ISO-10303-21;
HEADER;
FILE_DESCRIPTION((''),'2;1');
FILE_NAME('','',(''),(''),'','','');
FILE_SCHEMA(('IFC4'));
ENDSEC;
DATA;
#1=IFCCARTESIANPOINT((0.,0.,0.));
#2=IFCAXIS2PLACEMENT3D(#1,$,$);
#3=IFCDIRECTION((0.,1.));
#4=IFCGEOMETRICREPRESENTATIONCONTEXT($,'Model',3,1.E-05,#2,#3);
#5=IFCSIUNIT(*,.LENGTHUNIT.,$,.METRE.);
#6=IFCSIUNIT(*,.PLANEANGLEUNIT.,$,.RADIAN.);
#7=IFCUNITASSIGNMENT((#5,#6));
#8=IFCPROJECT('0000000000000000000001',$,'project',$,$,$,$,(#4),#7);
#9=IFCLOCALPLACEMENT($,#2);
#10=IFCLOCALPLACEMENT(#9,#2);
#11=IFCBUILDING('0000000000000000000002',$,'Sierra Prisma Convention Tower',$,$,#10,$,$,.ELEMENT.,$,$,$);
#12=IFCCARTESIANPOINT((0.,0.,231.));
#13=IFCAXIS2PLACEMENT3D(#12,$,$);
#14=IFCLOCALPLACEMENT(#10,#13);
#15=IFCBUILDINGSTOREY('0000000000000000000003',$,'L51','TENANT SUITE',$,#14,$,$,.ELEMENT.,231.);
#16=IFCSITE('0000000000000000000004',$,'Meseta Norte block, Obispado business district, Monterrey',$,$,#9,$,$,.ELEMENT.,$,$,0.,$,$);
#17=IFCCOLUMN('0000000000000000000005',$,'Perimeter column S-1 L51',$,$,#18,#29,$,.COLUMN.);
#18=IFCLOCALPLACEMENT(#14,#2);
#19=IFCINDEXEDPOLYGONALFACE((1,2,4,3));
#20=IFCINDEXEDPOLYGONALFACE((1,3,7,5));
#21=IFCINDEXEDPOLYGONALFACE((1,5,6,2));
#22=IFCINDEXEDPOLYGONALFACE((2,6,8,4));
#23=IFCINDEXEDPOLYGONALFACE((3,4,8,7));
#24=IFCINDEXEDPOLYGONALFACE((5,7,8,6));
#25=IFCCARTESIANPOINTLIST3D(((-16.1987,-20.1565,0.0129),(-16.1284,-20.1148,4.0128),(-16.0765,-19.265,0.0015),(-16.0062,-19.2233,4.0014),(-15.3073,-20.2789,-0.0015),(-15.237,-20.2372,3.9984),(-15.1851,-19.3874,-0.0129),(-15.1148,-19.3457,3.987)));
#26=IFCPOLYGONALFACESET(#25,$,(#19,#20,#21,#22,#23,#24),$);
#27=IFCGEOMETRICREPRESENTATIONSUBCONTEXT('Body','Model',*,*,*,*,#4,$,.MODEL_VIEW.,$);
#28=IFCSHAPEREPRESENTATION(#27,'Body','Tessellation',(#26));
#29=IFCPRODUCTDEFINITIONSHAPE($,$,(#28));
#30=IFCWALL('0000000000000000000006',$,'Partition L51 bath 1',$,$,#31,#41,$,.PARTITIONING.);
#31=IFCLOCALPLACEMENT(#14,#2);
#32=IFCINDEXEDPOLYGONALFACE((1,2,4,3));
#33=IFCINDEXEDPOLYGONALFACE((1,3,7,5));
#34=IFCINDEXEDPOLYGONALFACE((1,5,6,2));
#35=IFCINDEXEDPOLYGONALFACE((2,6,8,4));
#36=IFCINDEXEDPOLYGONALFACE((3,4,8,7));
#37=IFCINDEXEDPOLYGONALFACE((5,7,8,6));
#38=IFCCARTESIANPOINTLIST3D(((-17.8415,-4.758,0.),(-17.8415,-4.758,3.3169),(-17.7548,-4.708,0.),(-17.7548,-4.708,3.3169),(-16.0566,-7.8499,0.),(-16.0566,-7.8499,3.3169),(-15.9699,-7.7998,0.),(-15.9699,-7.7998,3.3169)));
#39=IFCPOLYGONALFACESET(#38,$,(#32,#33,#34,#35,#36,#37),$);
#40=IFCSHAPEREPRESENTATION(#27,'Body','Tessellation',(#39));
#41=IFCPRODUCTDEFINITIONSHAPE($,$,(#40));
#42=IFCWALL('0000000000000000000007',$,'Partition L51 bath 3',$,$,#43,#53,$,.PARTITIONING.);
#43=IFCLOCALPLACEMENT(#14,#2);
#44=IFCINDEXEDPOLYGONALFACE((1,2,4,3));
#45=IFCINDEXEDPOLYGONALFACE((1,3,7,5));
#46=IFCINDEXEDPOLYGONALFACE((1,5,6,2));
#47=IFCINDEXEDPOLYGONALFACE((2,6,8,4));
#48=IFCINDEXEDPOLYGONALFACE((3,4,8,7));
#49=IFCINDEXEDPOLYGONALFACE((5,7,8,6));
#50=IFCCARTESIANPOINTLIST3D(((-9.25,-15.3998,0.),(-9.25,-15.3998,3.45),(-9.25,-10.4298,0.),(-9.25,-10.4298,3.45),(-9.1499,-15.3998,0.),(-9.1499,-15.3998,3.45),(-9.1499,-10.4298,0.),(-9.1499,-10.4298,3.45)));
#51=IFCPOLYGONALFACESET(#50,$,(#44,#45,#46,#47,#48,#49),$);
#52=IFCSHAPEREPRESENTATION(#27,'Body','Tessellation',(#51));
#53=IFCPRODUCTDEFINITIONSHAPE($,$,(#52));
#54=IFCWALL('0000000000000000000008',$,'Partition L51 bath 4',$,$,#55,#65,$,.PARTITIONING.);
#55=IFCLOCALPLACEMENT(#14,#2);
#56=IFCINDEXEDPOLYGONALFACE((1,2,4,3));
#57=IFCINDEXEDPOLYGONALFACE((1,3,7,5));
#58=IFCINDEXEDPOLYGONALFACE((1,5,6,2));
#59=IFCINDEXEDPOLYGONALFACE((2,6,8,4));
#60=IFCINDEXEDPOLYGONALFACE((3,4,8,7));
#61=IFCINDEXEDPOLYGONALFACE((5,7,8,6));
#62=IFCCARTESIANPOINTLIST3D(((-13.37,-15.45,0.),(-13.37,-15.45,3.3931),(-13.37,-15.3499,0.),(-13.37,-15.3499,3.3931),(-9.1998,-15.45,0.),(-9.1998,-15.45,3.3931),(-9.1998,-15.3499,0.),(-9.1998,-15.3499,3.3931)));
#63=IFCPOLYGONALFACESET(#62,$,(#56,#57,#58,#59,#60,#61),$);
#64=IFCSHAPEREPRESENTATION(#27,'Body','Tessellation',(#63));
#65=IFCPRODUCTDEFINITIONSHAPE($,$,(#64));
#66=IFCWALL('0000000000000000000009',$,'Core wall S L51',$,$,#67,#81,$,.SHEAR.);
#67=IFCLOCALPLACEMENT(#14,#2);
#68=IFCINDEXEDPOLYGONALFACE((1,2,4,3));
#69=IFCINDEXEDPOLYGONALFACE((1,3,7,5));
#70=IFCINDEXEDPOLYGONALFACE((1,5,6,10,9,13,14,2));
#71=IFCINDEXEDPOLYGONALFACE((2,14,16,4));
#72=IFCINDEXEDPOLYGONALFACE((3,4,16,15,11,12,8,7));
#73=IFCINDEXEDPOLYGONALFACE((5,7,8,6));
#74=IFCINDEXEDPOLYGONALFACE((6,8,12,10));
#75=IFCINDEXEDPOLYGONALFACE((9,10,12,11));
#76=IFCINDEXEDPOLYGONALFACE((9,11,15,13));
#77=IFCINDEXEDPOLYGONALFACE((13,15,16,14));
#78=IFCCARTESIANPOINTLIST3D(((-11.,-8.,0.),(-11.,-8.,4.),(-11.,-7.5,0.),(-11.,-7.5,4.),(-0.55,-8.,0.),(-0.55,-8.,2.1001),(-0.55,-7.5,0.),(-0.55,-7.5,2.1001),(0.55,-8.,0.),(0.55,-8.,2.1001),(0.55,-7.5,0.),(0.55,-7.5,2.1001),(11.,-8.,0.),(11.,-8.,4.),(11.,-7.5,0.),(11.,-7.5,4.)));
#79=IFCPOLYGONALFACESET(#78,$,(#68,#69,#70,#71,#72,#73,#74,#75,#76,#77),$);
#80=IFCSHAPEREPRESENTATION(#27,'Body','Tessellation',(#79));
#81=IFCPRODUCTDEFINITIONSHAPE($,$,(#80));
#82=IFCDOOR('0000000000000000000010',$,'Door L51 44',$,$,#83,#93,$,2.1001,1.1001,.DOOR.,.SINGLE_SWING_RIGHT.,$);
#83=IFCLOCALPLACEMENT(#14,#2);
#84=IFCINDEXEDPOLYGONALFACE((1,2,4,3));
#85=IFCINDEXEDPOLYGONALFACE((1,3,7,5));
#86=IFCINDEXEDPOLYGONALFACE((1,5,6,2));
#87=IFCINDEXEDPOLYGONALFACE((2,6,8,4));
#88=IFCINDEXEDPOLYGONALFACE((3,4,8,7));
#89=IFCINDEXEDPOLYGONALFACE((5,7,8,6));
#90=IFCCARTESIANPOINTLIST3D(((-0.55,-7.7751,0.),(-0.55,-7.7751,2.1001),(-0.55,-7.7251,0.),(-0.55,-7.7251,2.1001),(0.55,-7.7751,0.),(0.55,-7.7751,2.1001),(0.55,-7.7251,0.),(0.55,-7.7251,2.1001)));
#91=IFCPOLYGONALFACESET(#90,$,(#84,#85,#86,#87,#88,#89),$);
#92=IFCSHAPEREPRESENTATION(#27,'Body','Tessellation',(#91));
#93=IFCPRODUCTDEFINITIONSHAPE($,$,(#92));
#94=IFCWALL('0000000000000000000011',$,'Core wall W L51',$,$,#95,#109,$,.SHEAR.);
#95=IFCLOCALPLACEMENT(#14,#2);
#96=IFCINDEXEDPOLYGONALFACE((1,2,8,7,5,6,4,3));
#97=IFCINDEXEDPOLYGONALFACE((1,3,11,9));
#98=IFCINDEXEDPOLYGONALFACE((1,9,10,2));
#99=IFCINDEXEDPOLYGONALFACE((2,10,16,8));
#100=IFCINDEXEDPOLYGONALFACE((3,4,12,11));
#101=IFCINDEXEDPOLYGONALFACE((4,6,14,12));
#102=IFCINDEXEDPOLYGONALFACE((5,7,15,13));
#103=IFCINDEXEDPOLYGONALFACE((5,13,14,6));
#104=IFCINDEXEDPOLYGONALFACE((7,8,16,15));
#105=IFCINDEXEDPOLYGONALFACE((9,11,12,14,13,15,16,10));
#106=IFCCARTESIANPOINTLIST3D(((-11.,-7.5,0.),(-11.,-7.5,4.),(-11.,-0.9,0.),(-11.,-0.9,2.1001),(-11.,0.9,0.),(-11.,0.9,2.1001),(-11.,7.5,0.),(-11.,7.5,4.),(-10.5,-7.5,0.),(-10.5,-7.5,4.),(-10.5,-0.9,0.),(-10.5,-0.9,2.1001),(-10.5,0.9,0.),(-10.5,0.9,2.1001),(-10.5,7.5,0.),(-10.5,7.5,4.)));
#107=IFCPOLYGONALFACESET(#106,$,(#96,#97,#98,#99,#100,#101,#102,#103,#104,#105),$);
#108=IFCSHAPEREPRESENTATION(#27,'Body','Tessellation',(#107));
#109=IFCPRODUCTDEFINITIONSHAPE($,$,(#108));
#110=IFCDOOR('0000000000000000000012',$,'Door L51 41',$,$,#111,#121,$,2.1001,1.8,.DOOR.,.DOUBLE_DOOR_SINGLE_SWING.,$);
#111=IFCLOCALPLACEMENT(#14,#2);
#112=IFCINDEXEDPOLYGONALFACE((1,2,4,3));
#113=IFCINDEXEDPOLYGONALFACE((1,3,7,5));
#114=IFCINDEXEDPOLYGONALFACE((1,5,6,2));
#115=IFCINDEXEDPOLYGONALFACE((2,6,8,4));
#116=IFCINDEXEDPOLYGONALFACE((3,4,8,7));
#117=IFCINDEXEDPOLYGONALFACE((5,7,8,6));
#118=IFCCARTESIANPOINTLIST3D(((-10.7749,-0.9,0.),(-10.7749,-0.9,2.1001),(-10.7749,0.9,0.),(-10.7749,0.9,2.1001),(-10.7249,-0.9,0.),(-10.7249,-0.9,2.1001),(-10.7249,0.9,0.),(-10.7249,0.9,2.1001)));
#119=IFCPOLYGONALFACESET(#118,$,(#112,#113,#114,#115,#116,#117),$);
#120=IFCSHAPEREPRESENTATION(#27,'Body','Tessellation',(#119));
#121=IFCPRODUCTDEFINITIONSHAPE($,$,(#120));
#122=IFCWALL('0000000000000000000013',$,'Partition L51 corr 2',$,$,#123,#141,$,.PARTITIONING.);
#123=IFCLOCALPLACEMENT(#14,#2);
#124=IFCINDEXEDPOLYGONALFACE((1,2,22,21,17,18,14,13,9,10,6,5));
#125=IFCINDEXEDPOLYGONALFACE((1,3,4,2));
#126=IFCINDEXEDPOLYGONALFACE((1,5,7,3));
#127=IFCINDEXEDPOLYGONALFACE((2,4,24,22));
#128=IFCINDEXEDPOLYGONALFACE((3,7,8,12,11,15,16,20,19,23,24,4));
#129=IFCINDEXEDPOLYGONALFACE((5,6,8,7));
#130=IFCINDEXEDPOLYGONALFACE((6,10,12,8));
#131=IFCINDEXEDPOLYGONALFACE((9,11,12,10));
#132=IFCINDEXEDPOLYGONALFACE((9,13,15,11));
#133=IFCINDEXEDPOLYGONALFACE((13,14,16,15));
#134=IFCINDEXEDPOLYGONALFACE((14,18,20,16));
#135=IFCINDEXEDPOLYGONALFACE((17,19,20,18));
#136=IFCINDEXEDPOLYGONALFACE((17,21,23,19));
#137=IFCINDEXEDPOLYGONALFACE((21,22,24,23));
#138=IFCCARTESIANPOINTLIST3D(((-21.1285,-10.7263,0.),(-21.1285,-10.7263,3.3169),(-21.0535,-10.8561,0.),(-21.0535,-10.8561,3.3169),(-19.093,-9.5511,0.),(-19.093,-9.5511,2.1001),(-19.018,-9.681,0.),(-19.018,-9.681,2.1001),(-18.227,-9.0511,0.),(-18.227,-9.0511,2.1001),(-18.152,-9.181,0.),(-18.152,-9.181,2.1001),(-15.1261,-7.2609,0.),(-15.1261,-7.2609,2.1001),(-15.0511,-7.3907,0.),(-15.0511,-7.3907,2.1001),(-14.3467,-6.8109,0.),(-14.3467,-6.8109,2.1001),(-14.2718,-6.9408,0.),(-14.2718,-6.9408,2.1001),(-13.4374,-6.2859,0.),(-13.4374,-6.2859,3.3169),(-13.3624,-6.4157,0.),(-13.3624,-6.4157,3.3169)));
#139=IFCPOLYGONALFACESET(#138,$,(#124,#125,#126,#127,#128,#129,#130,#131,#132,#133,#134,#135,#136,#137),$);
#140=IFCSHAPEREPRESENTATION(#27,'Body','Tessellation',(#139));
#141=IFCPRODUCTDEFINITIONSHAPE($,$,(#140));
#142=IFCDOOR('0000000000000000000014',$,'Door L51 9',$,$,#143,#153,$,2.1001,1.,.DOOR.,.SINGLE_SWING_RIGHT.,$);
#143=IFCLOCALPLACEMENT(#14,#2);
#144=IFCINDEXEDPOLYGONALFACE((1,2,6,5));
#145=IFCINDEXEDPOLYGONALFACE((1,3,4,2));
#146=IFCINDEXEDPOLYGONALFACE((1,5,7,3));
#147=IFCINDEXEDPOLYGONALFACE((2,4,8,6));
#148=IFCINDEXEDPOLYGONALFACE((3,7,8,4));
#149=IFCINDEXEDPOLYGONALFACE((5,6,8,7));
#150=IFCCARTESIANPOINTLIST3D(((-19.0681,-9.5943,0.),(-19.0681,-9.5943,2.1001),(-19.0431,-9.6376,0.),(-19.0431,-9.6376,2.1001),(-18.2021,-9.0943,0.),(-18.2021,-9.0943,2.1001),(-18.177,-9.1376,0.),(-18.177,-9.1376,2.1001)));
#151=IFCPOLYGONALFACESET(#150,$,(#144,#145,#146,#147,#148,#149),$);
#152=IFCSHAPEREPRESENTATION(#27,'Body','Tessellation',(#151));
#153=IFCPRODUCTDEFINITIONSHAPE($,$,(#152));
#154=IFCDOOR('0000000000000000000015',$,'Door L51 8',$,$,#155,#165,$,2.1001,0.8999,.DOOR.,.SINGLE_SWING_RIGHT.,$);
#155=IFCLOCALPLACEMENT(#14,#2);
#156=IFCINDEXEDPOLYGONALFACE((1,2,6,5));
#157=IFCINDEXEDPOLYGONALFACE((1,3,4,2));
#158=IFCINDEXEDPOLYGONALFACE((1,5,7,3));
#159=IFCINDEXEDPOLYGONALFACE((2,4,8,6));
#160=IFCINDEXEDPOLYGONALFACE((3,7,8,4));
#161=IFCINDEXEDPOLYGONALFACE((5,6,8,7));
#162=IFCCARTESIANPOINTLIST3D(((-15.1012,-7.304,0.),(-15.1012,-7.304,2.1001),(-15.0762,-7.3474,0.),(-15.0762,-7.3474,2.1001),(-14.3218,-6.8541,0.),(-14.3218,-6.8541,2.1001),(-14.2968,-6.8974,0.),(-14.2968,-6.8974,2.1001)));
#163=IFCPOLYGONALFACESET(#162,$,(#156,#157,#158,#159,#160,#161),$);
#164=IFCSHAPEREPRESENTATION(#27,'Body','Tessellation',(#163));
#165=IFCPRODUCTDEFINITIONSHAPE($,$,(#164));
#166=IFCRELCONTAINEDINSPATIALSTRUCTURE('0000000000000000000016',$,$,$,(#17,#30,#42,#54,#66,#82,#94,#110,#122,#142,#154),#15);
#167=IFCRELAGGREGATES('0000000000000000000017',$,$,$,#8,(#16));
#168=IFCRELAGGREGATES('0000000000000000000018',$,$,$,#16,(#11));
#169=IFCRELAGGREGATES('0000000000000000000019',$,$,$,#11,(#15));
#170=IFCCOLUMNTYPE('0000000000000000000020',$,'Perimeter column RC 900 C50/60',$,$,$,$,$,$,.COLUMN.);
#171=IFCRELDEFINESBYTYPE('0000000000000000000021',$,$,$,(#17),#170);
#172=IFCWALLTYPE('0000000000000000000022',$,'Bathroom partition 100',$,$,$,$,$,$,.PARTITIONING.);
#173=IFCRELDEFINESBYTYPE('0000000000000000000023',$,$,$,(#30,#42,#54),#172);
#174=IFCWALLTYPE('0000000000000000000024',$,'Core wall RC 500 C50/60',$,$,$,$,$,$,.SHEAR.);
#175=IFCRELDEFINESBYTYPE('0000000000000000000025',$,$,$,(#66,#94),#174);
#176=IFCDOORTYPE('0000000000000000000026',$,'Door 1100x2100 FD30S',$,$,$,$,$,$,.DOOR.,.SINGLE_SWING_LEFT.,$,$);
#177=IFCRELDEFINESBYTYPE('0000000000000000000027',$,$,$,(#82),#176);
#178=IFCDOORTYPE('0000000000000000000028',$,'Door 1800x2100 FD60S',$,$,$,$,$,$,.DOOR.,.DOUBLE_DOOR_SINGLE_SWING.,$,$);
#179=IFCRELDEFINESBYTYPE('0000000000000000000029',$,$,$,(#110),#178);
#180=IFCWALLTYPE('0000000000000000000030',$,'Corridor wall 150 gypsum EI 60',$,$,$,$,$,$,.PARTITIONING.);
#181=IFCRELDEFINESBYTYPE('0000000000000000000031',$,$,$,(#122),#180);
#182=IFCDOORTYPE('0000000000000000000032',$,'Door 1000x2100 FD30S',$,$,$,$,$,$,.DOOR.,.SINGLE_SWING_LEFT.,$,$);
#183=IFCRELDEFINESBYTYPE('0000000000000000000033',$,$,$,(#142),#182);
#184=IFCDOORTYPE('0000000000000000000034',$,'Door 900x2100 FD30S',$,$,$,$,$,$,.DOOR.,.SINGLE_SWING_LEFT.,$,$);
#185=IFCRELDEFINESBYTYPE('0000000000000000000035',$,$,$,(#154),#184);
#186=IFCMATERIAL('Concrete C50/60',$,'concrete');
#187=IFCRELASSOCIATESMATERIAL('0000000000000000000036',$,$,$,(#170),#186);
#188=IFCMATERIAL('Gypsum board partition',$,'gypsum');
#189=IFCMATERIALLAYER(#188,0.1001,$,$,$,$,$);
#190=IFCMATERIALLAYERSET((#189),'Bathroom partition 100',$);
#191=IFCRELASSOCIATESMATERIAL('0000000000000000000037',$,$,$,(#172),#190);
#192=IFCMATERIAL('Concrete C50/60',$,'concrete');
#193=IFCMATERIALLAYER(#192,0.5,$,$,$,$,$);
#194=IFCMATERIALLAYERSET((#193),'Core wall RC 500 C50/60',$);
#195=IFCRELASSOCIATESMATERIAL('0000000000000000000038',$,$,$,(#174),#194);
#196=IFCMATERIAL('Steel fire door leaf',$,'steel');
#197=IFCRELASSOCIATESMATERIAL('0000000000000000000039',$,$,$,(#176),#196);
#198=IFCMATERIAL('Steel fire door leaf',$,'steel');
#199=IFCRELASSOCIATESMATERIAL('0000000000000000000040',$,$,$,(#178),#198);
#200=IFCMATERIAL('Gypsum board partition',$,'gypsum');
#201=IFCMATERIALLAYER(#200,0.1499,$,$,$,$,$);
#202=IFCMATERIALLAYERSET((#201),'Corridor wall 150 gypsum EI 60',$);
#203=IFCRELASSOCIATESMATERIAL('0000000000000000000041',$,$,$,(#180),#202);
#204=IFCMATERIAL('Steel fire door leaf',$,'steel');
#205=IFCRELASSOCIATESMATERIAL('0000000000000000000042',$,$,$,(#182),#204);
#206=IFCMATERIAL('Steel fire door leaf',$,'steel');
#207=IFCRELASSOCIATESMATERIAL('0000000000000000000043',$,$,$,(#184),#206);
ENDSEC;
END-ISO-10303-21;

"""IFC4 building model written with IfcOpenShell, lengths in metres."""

from ifc_helpers import new_model, si_unit, direction, frame, frame_2d, origin, origin_2d, place, context, subcontext, project, spatial, rectangle, extrude, material, layer, layer_set, material_profile, profile_set, type_object, element, fill, save


model = new_model("IFC4")

# Units and contexts
model_context = context("Model", 3, precision=1e-05, world=origin(), true_north=direction((0.0, 1.0)))
body_context = subcontext(model_context, "Body", "Model", "MODEL_VIEW")
ifc_project = project(units=[si_unit("LENGTHUNIT", "METRE"), si_unit("PLANEANGLEUNIT", "RADIAN")], contexts=[model_context])

# Site, building, storey
site_placement = place(None, origin())
site = spatial("IfcSite", under=ifc_project, at=site_placement, Name="Meseta Norte block, Obispado business district, Monterrey", CompositionType="ELEMENT", RefElevation=0.0)
building_placement = place(site_placement, origin())
building = spatial("IfcBuilding", under=site, at=building_placement, Name="Sierra Prisma Convention Tower", CompositionType="ELEMENT")
storey_placement = place(building_placement, frame((0.0, 0.0, 231.0)))
storey = spatial("IfcBuildingStorey", under=building, at=storey_placement, Name="L51", Description="TENANT SUITE", CompositionType="ELEMENT", Elevation=231.0)

# Column
ifc_material_1 = material(Name="Concrete C50/60", Category="concrete")
ifc_material_profile = material_profile(ifc_material_1, rectangle(XDim=0.8999, YDim=0.8999, at=origin_2d()), Name="Perimeter column RC 900 C50/60")
ifc_profile_set = profile_set([ifc_material_profile], Name="Concrete C50/60")
column_type = type_object("IfcColumnType", Name="Perimeter column RC 900 C50/60", PredefinedType="COLUMN", material=ifc_profile_set)
column_placement = place(storey_placement, frame((-15.6919, -19.772, 0.0), z_axis=(0.017574, 0.010435, 0.999791), x_axis=(-0.990574, 0.13604, 0.015993)))
element("IfcColumn", 1, at=column_placement, inside=storey, type_object=column_type, Name="Perimeter column S-1 L51", PredefinedType="COLUMN", context=body_context, shape_type="SweptSolid", body=[
    extrude(rectangle(XDim=0.8999, YDim=0.8999, at=origin_2d()), origin(), (0.0, 0.0, 1.0), 4.0007),
])

# Walls
ifc_material_2 = material(Name="Gypsum board partition", Category="gypsum")
ifc_layer_1 = layer(ifc_material_2, 0.1001)
ifc_layer_set_1 = layer_set([ifc_layer_1], Name="Bathroom partition 100")
wall_type_1 = type_object("IfcWallType", Name="Bathroom partition 100", PredefinedType="PARTITIONING", material=ifc_layer_set_1)
wall_1_placement = place(storey_placement, frame((-16.0132, -7.825, 0.0), z_axis=(0.0, 0.0, 1.0), x_axis=(-0.499971, 0.866042, 0.0)))
element("IfcWall", 2, at=wall_1_placement, inside=storey, type_object=wall_type_1, Name="Partition L51 bath 1", PredefinedType="PARTITIONING", context=body_context, shape_type="SweptSolid", body=[
    extrude(rectangle(XDim=3.5701, YDim=0.1001, at=frame_2d((1.7852, 0.0))), origin(), (0.0, 0.0, 1.0), 3.3169),
])
wall_2_placement = place(storey_placement, frame((-9.2, -10.4299, 0.0), z_axis=(0.0, 0.0, 1.0), x_axis=(0.0, -1.0, 0.0)))
element("IfcWall", 3, at=wall_2_placement, inside=storey, type_object=wall_type_1, Name="Partition L51 bath 3", PredefinedType="PARTITIONING", context=body_context, shape_type="SweptSolid", body=[
    extrude(rectangle(XDim=4.97, YDim=0.1001, at=frame_2d((2.4849, 0.0))), origin(), (0.0, 0.0, 1.0), 3.45),
])
wall_3_placement = place(storey_placement, frame((-9.2, -15.3999, 0.0), z_axis=(0.0, 0.0, 1.0), x_axis=(-1.0, 0.0, 0.0)))
element("IfcWall", 4, at=wall_3_placement, inside=storey, type_object=wall_type_1, Name="Partition L51 bath 4", PredefinedType="PARTITIONING", context=body_context, shape_type="SweptSolid", body=[
    extrude(rectangle(XDim=4.1702, YDim=0.1001, at=frame_2d((2.085, 0.0))), origin(), (0.0, 0.0, 1.0), 3.3931),
])

# Walls, openings, doors
ifc_material_3 = material(Name="Concrete C50/60", Category="concrete")
ifc_layer_2 = layer(ifc_material_3, 0.5)
ifc_layer_set_2 = layer_set([ifc_layer_2], Name="Core wall RC 500 C50/60")
wall_type_2 = type_object("IfcWallType", Name="Core wall RC 500 C50/60", PredefinedType="SHEAR", material=ifc_layer_set_2)
wall_4_placement = place(storey_placement, frame((-11.0, -7.75, 0.0), z_axis=(0.0, 0.0, 1.0), x_axis=(1.0, 0.0, 0.0)))
wall_4 = element("IfcWall", 5, at=wall_4_placement, inside=storey, type_object=wall_type_2, Name="Core wall S L51", PredefinedType="SHEAR", context=body_context, shape_type="SweptSolid", body=[
    extrude(rectangle(XDim=22.0, YDim=0.5, at=frame_2d((11.0, 0.0))), origin(), (0.0, 0.0, 1.0), 4.0),
])
opening_1_placement = place(wall_4_placement, frame((10.45, 0.0, 0.0)))
opening_1 = element("IfcOpeningElement", 6, at=opening_1_placement, cuts=wall_4, PredefinedType="OPENING", context=body_context, shape_type="SweptSolid", body=[
    extrude(rectangle(XDim=1.1001, YDim=2.1001, at=frame_2d((0.55, 1.05))), frame((0.0, 0.25, 0.0), z_axis=(0.0, -1.0, 0.0), x_axis=(1.0, 0.0, 0.0)), (0.0, 0.0, 1.0), 0.5),
])
ifc_material_4 = material(Name="Steel fire door leaf", Category="steel")
door_type_1 = type_object("IfcDoorType", Name="Door 1100x2100 FD30S", OperationType="SINGLE_SWING_LEFT", PredefinedType="DOOR", material=ifc_material_4)
door_1_placement = place(opening_1_placement, origin())
door_1 = element("IfcDoor", 7, at=door_1_placement, inside=storey, type_object=door_type_1, Name="Door L51 44", OperationType="SINGLE_SWING_RIGHT", OverallHeight=2.1001, OverallWidth=1.1001, PredefinedType="DOOR", context=body_context, shape_type="SweptSolid", body=[
    extrude(rectangle(XDim=1.1001, YDim=2.1001, at=frame_2d((0.55, 1.05))), frame((0.0, 0.0249, 0.0), z_axis=(0.0, -1.0, 0.0), x_axis=(1.0, 0.0, 0.0)), (0.0, 0.0, 1.0), 0.05),
])
fill(opening_1, door_1)
wall_5_placement = place(storey_placement, frame((-10.75, -7.5, 0.0), z_axis=(0.0, 0.0, 1.0), x_axis=(0.0, 1.0, 0.0)))
wall_5 = element("IfcWall", 8, at=wall_5_placement, inside=storey, type_object=wall_type_2, Name="Core wall W L51", PredefinedType="SHEAR", context=body_context, shape_type="SweptSolid", body=[
    extrude(rectangle(XDim=15.0, YDim=0.5, at=frame_2d((7.5, 0.0))), origin(), (0.0, 0.0, 1.0), 4.0),
])
opening_2_placement = place(wall_5_placement, frame((6.6001, 0.0, 0.0)))
opening_2 = element("IfcOpeningElement", 9, at=opening_2_placement, cuts=wall_5, PredefinedType="OPENING", context=body_context, shape_type="SweptSolid", body=[
    extrude(rectangle(XDim=1.8, YDim=2.1001, at=frame_2d((0.8999, 1.05))), frame((0.0, 0.25, 0.0), z_axis=(0.0, -1.0, 0.0), x_axis=(1.0, 0.0, 0.0)), (0.0, 0.0, 1.0), 0.5),
])
ifc_material_5 = material(Name="Steel fire door leaf", Category="steel")
door_type_2 = type_object("IfcDoorType", Name="Door 1800x2100 FD60S", OperationType="DOUBLE_DOOR_SINGLE_SWING", PredefinedType="DOOR", material=ifc_material_5)
door_2_placement = place(opening_2_placement, origin())
door_2 = element("IfcDoor", 10, at=door_2_placement, inside=storey, type_object=door_type_2, Name="Door L51 41", OperationType="DOUBLE_DOOR_SINGLE_SWING", OverallHeight=2.1001, OverallWidth=1.8, PredefinedType="DOOR", context=body_context, shape_type="SweptSolid", body=[
    extrude(rectangle(XDim=1.8, YDim=2.1001, at=frame_2d((0.8999, 1.05))), frame((0.0, 0.0249, 0.0), z_axis=(0.0, -1.0, 0.0), x_axis=(1.0, 0.0, 0.0)), (0.0, 0.0, 1.0), 0.05),
])
fill(opening_2, door_2)

# Wall, openings, doors
ifc_material_6 = material(Name="Gypsum board partition", Category="gypsum")
ifc_layer_3 = layer(ifc_material_6, 0.1499)
ifc_layer_set_3 = layer_set([ifc_layer_3], Name="Corridor wall 150 gypsum EI 60")
wall_type_3 = type_object("IfcWallType", Name="Corridor wall 150 gypsum EI 60", PredefinedType="PARTITIONING", material=ifc_layer_set_3)
wall_6_placement = place(storey_placement, frame((-13.3999, -6.3508, 0.0), z_axis=(0.0, 0.0, 1.0), x_axis=(-0.866029, -0.499995, 0.0)))
wall_6 = element("IfcWall", 11, at=wall_6_placement, inside=storey, type_object=wall_type_3, Name="Partition L51 corr 2", PredefinedType="PARTITIONING", context=body_context, shape_type="SweptSolid", body=[
    extrude(rectangle(XDim=8.8809, YDim=0.1499, at=frame_2d((4.4404, 0.0))), origin(), (0.0, 0.0, 1.0), 3.3169),
])
opening_3_placement = place(wall_6_placement, frame((1.05, 0.0, 0.0)))
opening_3 = element("IfcOpeningElement", 12, at=opening_3_placement, cuts=wall_6, PredefinedType="OPENING", context=body_context, shape_type="SweptSolid", body=[
    extrude(rectangle(XDim=0.8999, YDim=2.1001, at=frame_2d((0.45, 1.05))), frame((0.0, 0.075, 0.0), z_axis=(0.0, -1.0, 0.0), x_axis=(1.0, 0.0, 0.0)), (0.0, 0.0, 1.0), 0.1499),
])
opening_4_placement = place(wall_6_placement, frame((5.5305, 0.0, 0.0)))
opening_4 = element("IfcOpeningElement", 13, at=opening_4_placement, cuts=wall_6, PredefinedType="OPENING", context=body_context, shape_type="SweptSolid", body=[
    extrude(rectangle(XDim=1.0, YDim=2.1001, at=frame_2d((0.5, 1.05))), frame((0.0, 0.075, 0.0), z_axis=(0.0, -1.0, 0.0), x_axis=(1.0, 0.0, 0.0)), (0.0, 0.0, 1.0), 0.1499),
])
ifc_material_7 = material(Name="Steel fire door leaf", Category="steel")
door_type_3 = type_object("IfcDoorType", Name="Door 1000x2100 FD30S", OperationType="SINGLE_SWING_LEFT", PredefinedType="DOOR", material=ifc_material_7)
door_3_placement = place(opening_4_placement, origin())
door_3 = element("IfcDoor", 14, at=door_3_placement, inside=storey, type_object=door_type_3, Name="Door L51 9", OperationType="SINGLE_SWING_RIGHT", OverallHeight=2.1001, OverallWidth=1.0, PredefinedType="DOOR", context=body_context, shape_type="SweptSolid", body=[
    extrude(rectangle(XDim=1.0, YDim=2.1001, at=frame_2d((0.5, 1.05))), frame((0.0, 0.0249, 0.0), z_axis=(0.0, -1.0, 0.0), x_axis=(1.0, 0.0, 0.0)), (0.0, 0.0, 1.0), 0.05),
])
fill(opening_4, door_3)
ifc_material_8 = material(Name="Steel fire door leaf", Category="steel")
door_type_4 = type_object("IfcDoorType", Name="Door 900x2100 FD30S", OperationType="SINGLE_SWING_LEFT", PredefinedType="DOOR", material=ifc_material_8)
door_4_placement = place(opening_3_placement, origin())
door_4 = element("IfcDoor", 15, at=door_4_placement, inside=storey, type_object=door_type_4, Name="Door L51 8", OperationType="SINGLE_SWING_RIGHT", OverallHeight=2.1001, OverallWidth=0.8999, PredefinedType="DOOR", context=body_context, shape_type="SweptSolid", body=[
    extrude(rectangle(XDim=0.8999, YDim=2.1001, at=frame_2d((0.45, 1.05))), frame((0.0, 0.0249, 0.0), z_axis=(0.0, -1.0, 0.0), x_axis=(1.0, 0.0, 0.0)), (0.0, 0.0, 1.0), 0.05),
])
fill(opening_3, door_4)

save(model, "model.ifc")
